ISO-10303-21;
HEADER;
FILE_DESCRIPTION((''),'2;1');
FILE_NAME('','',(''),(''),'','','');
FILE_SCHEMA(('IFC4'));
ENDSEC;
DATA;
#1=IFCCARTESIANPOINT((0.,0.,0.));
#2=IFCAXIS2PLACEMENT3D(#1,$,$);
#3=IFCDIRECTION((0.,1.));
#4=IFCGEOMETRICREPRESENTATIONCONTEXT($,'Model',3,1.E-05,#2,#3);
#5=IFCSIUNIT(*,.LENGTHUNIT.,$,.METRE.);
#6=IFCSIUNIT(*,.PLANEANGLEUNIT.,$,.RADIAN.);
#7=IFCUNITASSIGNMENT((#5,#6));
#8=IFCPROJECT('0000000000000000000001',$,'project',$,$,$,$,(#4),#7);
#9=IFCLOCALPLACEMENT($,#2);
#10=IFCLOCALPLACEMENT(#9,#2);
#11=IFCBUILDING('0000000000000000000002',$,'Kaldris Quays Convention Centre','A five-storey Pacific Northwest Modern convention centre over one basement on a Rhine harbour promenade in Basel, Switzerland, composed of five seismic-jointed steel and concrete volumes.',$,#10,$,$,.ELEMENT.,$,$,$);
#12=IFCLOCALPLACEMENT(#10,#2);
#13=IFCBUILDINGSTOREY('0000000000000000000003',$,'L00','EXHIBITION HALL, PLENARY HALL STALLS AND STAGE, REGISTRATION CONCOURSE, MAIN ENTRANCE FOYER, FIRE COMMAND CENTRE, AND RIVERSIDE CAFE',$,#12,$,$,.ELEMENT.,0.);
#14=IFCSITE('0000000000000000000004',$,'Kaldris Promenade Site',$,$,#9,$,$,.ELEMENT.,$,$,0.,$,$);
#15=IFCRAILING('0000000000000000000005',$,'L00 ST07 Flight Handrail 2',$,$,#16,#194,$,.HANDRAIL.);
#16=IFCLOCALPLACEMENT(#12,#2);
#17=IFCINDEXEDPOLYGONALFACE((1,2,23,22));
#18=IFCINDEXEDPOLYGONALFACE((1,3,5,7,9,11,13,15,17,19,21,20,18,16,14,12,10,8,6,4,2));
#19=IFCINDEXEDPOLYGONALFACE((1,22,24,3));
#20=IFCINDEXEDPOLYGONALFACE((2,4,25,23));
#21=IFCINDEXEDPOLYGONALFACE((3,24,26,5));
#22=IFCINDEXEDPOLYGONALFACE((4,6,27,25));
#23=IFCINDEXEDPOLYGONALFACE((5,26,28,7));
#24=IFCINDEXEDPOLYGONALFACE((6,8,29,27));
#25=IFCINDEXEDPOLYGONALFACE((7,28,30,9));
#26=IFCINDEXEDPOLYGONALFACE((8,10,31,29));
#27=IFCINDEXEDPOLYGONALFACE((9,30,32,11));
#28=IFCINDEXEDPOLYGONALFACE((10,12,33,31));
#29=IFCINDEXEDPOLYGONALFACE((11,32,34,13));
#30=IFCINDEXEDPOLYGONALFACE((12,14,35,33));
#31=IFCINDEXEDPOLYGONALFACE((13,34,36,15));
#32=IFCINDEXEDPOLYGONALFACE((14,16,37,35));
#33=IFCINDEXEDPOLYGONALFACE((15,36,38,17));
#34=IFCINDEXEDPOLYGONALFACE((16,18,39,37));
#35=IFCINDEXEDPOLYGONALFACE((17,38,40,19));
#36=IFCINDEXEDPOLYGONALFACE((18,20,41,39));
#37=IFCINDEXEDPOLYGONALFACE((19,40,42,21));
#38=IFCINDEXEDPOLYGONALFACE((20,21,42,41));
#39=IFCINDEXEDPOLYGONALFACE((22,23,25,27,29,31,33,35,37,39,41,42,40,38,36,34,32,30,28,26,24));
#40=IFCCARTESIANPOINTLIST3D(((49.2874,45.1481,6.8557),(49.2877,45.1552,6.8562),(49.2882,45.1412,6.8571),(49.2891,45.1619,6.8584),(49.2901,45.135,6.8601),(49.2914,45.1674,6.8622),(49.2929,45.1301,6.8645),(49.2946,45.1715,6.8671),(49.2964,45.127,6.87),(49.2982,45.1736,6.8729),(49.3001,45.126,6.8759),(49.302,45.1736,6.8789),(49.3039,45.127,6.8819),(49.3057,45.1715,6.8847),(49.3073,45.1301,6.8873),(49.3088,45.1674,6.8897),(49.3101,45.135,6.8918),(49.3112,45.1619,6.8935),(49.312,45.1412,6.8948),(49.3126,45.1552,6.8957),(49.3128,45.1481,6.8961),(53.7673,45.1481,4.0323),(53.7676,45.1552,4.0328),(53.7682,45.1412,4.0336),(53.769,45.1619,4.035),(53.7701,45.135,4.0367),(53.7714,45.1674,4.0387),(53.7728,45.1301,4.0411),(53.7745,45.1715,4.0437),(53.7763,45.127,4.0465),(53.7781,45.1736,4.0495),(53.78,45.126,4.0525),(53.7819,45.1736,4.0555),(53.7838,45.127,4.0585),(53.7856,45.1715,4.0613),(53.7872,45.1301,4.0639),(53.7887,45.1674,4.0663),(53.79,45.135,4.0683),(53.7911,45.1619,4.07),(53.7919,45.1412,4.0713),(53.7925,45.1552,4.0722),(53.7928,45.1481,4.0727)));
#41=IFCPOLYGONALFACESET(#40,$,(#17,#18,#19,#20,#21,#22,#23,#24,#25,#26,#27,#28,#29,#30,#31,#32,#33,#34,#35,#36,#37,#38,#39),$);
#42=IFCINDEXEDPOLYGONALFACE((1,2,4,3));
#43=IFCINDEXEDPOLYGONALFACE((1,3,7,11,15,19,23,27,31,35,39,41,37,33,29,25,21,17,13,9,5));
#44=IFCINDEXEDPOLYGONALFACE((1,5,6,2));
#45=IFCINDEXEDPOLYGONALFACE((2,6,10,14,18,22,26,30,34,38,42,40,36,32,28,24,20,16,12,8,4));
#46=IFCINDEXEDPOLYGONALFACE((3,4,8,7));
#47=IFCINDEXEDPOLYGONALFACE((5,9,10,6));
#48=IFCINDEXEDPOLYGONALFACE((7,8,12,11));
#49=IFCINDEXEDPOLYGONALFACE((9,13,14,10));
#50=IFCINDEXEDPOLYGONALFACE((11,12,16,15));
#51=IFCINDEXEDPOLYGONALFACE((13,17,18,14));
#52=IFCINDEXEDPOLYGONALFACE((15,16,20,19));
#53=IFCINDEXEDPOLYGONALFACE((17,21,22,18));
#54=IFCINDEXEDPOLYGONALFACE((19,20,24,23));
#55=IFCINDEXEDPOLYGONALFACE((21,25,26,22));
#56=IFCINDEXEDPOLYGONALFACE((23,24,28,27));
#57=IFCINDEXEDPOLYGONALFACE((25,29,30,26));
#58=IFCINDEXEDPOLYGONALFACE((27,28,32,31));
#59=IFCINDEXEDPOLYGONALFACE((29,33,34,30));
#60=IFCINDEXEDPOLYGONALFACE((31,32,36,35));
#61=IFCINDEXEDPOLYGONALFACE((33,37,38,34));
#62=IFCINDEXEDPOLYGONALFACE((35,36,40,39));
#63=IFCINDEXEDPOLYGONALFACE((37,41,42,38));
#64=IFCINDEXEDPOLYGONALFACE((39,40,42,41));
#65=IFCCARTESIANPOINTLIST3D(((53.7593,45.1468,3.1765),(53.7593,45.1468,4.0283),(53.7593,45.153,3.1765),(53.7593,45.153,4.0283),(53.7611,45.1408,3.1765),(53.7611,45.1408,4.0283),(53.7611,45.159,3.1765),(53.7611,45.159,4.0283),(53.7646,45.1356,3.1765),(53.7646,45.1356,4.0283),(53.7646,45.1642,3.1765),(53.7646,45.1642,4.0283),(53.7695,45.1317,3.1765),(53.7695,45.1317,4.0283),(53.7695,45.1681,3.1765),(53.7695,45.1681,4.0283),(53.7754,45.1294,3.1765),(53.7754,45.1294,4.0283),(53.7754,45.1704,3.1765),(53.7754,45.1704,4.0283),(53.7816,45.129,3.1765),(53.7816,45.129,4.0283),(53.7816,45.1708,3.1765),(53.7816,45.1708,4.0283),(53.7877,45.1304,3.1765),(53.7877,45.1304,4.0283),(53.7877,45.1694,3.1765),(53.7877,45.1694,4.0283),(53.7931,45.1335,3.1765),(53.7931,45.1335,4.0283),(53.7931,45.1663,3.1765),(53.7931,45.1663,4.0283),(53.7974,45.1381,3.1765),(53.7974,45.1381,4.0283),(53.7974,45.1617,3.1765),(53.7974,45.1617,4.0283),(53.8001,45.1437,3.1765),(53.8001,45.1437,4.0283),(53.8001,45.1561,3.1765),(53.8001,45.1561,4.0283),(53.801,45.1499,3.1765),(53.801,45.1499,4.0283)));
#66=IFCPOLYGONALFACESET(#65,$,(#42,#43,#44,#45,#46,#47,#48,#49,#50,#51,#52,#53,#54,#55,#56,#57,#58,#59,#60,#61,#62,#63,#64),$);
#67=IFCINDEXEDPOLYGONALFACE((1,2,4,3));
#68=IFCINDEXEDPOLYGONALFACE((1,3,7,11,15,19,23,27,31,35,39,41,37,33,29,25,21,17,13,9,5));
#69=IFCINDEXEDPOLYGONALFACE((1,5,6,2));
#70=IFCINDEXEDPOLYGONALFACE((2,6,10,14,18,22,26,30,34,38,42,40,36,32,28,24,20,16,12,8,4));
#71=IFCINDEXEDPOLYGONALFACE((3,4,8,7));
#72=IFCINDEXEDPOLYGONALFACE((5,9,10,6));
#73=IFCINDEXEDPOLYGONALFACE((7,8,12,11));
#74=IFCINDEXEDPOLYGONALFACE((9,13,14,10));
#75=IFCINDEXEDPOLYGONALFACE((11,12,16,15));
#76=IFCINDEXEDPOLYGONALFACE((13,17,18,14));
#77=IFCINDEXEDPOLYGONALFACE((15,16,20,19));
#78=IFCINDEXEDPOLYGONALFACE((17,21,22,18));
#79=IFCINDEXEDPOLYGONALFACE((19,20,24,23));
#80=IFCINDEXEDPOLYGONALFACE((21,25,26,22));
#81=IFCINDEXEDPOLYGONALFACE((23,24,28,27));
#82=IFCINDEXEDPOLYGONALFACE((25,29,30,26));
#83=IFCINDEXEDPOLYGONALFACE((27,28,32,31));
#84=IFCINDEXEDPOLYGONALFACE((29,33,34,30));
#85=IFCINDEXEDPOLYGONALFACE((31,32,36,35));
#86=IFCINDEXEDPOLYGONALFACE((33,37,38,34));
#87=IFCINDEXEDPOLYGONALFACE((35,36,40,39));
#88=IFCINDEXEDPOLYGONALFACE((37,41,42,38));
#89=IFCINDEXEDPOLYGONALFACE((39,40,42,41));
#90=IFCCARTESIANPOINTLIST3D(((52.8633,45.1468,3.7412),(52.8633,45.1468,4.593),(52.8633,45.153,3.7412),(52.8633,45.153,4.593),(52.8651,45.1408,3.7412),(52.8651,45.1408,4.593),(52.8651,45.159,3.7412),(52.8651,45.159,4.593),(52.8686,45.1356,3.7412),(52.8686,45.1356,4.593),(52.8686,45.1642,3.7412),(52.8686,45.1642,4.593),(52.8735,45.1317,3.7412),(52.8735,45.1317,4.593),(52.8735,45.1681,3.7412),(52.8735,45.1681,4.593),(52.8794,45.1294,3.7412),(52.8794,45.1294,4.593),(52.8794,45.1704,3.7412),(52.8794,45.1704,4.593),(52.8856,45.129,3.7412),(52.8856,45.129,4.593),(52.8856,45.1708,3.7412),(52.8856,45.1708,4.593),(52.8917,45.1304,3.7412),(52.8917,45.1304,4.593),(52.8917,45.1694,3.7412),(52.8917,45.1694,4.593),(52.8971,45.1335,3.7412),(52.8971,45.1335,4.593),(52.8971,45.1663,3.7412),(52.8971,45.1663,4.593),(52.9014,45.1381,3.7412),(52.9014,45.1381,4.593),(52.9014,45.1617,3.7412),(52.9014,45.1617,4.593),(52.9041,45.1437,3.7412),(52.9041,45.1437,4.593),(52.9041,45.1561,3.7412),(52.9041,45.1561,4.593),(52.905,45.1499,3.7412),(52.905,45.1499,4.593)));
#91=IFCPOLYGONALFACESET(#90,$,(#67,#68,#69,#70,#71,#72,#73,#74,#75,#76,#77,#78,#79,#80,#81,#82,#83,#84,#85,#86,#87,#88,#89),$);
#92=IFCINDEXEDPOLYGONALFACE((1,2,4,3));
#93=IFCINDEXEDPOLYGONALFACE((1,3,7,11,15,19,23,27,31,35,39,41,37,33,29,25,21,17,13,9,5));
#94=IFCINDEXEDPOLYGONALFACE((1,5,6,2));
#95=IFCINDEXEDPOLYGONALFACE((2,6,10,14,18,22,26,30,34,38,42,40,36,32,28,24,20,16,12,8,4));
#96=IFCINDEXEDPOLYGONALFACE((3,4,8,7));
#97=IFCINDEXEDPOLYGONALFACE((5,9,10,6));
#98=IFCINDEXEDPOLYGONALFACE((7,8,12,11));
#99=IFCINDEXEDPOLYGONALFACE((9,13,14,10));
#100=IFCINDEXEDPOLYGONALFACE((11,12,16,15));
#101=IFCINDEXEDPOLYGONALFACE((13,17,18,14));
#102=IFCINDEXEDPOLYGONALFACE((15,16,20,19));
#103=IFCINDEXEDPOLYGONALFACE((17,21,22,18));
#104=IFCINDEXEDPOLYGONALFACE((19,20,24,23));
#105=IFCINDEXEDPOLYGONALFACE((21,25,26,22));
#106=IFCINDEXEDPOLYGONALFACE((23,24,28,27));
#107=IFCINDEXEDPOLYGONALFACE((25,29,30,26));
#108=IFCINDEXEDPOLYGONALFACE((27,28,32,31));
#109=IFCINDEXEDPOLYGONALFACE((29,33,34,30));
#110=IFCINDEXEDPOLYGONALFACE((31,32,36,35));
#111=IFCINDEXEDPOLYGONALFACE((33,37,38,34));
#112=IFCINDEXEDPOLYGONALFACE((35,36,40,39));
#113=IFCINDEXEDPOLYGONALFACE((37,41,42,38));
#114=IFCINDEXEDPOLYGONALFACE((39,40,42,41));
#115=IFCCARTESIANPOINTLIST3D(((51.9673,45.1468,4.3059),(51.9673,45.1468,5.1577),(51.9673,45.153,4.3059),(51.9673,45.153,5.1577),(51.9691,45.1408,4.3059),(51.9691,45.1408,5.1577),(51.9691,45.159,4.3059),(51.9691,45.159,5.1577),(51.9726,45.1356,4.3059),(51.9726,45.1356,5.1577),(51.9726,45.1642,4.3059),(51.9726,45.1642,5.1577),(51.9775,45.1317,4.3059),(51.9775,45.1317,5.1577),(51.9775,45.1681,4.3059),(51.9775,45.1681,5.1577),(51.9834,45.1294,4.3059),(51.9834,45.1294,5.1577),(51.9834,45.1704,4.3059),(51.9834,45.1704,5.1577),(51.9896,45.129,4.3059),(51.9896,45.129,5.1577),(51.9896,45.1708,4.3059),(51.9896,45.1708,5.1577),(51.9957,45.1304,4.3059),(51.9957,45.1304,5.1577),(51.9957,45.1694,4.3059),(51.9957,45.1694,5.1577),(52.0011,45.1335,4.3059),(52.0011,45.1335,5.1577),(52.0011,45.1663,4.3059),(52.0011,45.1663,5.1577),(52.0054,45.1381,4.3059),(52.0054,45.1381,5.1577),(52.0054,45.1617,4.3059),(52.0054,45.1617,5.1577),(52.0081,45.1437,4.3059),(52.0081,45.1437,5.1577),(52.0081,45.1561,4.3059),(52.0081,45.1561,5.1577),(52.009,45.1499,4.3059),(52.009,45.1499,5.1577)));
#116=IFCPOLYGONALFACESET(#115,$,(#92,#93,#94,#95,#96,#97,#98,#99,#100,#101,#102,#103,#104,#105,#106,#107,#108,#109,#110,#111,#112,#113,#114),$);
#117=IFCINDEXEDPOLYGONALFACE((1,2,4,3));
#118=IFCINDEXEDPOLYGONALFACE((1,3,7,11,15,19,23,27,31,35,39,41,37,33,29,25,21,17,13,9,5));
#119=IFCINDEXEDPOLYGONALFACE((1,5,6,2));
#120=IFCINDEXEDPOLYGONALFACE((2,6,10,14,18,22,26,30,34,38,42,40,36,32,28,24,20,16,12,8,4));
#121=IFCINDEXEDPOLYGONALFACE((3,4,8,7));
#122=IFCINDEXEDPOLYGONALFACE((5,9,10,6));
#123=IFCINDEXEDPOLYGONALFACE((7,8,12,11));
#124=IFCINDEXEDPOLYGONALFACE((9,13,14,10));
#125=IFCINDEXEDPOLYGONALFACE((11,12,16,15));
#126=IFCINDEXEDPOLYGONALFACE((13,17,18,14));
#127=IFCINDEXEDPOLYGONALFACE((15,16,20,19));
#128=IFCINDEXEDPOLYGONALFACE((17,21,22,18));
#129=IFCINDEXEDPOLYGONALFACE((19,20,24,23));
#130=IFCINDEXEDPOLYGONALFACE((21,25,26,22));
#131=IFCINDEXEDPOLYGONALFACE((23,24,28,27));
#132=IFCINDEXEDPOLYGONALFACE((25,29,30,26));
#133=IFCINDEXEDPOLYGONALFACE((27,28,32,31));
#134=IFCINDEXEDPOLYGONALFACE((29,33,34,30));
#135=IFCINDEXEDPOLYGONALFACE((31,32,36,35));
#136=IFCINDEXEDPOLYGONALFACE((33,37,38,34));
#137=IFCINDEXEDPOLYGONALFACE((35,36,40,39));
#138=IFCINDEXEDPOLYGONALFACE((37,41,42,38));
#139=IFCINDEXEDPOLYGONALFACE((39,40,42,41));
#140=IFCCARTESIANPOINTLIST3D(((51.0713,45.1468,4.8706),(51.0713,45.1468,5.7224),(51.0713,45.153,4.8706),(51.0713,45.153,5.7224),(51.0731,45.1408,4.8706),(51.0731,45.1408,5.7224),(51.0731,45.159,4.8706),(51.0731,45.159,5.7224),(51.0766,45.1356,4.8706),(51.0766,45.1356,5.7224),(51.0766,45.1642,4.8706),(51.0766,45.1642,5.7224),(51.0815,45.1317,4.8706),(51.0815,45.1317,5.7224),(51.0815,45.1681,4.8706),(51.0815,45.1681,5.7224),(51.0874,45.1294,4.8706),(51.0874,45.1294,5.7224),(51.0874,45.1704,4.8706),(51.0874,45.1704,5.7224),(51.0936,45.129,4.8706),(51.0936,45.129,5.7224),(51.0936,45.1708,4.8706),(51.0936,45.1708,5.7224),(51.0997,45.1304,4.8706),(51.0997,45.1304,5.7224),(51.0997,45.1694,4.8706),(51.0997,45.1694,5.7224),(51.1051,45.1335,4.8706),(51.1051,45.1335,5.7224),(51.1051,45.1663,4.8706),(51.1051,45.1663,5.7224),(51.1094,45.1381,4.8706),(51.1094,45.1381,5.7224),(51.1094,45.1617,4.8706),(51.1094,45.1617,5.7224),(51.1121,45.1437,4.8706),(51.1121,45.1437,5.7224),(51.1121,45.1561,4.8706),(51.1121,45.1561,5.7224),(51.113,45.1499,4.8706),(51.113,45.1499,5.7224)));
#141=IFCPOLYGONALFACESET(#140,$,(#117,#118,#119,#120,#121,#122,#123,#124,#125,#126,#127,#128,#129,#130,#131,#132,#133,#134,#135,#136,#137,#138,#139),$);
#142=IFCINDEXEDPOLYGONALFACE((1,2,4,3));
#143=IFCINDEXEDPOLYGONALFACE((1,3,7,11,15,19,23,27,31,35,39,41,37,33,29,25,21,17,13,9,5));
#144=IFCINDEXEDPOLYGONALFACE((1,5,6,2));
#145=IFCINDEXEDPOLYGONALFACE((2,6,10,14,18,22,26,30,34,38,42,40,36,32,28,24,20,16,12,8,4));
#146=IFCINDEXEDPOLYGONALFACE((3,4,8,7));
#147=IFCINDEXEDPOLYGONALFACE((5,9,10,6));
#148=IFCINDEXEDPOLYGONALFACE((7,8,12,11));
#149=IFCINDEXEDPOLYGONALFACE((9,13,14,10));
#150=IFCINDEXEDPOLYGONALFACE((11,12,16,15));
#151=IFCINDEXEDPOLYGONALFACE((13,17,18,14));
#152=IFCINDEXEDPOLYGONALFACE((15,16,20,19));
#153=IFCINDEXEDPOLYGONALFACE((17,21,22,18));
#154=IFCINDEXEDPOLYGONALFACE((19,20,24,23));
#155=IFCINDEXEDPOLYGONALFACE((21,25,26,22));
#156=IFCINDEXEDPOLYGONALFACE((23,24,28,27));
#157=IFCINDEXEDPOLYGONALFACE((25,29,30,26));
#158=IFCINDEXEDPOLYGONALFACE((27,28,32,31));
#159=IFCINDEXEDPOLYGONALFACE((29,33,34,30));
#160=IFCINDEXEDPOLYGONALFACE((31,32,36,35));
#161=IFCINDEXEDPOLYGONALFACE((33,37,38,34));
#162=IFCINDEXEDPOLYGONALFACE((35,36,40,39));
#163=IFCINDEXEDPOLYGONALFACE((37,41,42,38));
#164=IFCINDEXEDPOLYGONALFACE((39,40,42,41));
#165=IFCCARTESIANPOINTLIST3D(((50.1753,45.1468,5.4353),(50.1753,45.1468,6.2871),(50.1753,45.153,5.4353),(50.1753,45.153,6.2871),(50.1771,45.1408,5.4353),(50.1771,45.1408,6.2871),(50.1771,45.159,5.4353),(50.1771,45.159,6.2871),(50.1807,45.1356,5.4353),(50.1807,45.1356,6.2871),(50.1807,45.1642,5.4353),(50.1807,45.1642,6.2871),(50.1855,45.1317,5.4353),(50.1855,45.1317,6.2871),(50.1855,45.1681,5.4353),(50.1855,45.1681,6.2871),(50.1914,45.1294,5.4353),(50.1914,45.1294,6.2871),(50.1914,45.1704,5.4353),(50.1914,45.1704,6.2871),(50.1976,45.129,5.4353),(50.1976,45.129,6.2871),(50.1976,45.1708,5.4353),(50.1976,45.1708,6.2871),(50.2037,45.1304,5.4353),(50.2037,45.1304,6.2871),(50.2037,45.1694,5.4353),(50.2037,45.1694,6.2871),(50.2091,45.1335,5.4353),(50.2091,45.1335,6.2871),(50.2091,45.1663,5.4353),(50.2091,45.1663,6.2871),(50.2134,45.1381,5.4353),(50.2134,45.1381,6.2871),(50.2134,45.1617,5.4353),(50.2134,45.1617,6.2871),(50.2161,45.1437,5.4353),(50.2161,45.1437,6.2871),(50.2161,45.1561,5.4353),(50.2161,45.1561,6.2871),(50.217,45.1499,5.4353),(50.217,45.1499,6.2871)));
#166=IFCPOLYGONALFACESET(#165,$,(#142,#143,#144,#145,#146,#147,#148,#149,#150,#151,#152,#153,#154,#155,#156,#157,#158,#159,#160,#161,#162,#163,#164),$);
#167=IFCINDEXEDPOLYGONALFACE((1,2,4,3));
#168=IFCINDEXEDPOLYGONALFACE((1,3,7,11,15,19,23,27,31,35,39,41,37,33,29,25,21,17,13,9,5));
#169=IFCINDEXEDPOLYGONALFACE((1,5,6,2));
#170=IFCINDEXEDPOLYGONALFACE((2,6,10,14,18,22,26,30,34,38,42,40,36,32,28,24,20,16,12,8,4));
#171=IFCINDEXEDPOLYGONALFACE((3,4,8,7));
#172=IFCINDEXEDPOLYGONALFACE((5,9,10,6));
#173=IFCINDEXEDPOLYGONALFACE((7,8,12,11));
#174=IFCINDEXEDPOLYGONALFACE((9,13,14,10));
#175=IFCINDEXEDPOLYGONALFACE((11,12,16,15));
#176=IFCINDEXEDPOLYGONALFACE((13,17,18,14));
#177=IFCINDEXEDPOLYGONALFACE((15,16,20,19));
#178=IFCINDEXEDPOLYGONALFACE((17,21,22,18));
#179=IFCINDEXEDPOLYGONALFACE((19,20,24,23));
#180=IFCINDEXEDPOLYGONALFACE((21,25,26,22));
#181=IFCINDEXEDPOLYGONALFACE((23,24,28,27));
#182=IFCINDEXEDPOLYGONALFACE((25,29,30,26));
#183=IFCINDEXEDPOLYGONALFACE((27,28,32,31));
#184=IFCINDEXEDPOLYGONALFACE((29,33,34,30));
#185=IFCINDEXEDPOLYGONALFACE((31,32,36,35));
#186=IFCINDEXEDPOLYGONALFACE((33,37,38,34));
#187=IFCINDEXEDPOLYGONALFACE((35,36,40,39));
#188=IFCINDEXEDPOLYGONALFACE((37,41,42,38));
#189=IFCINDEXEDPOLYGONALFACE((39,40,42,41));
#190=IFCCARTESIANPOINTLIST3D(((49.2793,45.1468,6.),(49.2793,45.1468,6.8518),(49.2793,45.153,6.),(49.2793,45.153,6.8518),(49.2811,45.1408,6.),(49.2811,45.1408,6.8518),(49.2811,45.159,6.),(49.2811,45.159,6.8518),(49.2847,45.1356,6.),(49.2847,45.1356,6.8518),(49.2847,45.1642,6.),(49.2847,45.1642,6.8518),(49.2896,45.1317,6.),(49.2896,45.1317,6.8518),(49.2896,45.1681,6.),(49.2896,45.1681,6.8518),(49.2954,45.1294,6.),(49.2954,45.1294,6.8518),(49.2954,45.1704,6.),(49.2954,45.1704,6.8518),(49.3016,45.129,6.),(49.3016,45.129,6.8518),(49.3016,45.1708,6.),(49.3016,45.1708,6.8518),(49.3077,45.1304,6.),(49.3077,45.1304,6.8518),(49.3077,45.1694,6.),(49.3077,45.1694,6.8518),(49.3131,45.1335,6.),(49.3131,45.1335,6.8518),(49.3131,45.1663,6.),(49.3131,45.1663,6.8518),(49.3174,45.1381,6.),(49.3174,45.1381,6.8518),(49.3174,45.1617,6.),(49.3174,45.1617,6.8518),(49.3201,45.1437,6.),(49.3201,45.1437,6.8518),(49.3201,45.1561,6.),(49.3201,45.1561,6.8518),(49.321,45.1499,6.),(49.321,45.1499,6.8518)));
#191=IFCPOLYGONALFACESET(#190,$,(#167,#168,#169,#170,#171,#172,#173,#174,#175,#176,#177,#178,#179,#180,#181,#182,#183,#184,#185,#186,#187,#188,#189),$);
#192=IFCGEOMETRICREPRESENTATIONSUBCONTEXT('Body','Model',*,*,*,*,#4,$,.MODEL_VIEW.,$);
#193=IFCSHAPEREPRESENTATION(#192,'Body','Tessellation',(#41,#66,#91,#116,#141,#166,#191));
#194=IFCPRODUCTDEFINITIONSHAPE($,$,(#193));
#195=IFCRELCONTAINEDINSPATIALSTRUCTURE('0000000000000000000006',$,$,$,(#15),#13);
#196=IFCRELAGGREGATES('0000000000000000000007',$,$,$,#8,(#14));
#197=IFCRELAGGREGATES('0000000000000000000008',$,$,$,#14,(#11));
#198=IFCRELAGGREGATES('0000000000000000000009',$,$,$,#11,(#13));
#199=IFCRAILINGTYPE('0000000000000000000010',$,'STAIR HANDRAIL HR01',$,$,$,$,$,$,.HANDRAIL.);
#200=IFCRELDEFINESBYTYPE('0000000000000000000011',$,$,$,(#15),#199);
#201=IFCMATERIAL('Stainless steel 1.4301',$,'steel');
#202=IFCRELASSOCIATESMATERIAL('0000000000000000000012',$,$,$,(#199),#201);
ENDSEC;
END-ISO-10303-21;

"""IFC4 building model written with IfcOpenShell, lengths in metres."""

from ifc_helpers import new_model, si_unit, direction, frame, origin, origin_2d, place, context, subcontext, project, spatial, circle, extrude, material, type_object, element, save


model = new_model("IFC4")

# Units and contexts
model_context = context("Model", 3, precision=1e-05, world=origin(), true_north=direction((0.0, 1.0)))
body_context = subcontext(model_context, "Body", "Model", "MODEL_VIEW")
ifc_project = project(units=[si_unit("LENGTHUNIT", "METRE"), si_unit("PLANEANGLEUNIT", "RADIAN")], contexts=[model_context])

# Site, building, storey
site_placement = place(None, origin())
site = spatial("IfcSite", under=ifc_project, at=site_placement, Name="Kaldris Promenade Site", CompositionType="ELEMENT", RefElevation=0.0)
building_placement = place(site_placement, origin())
building = spatial("IfcBuilding", under=site, at=building_placement, Name="Kaldris Quays Convention Centre", Description="A five-storey Pacific Northwest Modern convention centre over one basement on a Rhine harbour promenade in Basel, Switzerland, composed of five seismic-jointed steel and concrete volumes.", CompositionType="ELEMENT")
storey_placement = place(building_placement, origin())
storey = spatial("IfcBuildingStorey", under=building, at=storey_placement, Name="L00", Description="EXHIBITION HALL, PLENARY HALL STALLS AND STAGE, REGISTRATION CONCOURSE, MAIN ENTRANCE FOYER, FIRE COMMAND CENTRE, AND RIVERSIDE CAFE", CompositionType="ELEMENT", Elevation=0.0)

# Railing
ifc_material_1 = material(Name="Stainless steel 1.4301", Category="steel")
railing_type_1 = type_object("IfcRailingType", Name="STAIR HANDRAIL HR01", PredefinedType="HANDRAIL", material=ifc_material_1)
railing_1_placement = place(storey_placement, frame((53.78, 45.1499, 3.1765)))
element("IfcRailing", 1, at=railing_1_placement, inside=storey, type_object=railing_type_1, Name="L00 ST07 Flight Handrail 2", PredefinedType="HANDRAIL", context=body_context, shape_type="SweptSolid", body=[
    extrude(circle(Radius=0.0239, at=origin_2d()), frame((0.0, 0.0, 0.876), z_axis=(-0.845998, 0.0, 0.533186), x_axis=(0.0, -1.0, 0.0)), (0.0, 0.0, 1.0), 5.2954),
    extrude(circle(Radius=0.021, at=origin_2d()), origin(), (0.0, 0.0, 1.0), 0.8518),
    extrude(circle(Radius=0.021, at=origin_2d()), frame((-0.896, 0.0, 0.5647)), (0.0, 0.0, 1.0), 0.8518),
    extrude(circle(Radius=0.021, at=origin_2d()), frame((-1.792, 0.0, 1.1294)), (0.0, 0.0, 1.0), 0.8518),
    extrude(circle(Radius=0.021, at=origin_2d()), frame((-2.688, 0.0, 1.6941)), (0.0, 0.0, 1.0), 0.8518),
    extrude(circle(Radius=0.021, at=origin_2d()), frame((-3.584, 0.0, 2.2588)), (0.0, 0.0, 1.0), 0.8518),
    extrude(circle(Radius=0.021, at=origin_2d()), frame((-4.48, 0.0, 2.8235)), (0.0, 0.0, 1.0), 0.8518),
])

save(model, "model.ifc")
